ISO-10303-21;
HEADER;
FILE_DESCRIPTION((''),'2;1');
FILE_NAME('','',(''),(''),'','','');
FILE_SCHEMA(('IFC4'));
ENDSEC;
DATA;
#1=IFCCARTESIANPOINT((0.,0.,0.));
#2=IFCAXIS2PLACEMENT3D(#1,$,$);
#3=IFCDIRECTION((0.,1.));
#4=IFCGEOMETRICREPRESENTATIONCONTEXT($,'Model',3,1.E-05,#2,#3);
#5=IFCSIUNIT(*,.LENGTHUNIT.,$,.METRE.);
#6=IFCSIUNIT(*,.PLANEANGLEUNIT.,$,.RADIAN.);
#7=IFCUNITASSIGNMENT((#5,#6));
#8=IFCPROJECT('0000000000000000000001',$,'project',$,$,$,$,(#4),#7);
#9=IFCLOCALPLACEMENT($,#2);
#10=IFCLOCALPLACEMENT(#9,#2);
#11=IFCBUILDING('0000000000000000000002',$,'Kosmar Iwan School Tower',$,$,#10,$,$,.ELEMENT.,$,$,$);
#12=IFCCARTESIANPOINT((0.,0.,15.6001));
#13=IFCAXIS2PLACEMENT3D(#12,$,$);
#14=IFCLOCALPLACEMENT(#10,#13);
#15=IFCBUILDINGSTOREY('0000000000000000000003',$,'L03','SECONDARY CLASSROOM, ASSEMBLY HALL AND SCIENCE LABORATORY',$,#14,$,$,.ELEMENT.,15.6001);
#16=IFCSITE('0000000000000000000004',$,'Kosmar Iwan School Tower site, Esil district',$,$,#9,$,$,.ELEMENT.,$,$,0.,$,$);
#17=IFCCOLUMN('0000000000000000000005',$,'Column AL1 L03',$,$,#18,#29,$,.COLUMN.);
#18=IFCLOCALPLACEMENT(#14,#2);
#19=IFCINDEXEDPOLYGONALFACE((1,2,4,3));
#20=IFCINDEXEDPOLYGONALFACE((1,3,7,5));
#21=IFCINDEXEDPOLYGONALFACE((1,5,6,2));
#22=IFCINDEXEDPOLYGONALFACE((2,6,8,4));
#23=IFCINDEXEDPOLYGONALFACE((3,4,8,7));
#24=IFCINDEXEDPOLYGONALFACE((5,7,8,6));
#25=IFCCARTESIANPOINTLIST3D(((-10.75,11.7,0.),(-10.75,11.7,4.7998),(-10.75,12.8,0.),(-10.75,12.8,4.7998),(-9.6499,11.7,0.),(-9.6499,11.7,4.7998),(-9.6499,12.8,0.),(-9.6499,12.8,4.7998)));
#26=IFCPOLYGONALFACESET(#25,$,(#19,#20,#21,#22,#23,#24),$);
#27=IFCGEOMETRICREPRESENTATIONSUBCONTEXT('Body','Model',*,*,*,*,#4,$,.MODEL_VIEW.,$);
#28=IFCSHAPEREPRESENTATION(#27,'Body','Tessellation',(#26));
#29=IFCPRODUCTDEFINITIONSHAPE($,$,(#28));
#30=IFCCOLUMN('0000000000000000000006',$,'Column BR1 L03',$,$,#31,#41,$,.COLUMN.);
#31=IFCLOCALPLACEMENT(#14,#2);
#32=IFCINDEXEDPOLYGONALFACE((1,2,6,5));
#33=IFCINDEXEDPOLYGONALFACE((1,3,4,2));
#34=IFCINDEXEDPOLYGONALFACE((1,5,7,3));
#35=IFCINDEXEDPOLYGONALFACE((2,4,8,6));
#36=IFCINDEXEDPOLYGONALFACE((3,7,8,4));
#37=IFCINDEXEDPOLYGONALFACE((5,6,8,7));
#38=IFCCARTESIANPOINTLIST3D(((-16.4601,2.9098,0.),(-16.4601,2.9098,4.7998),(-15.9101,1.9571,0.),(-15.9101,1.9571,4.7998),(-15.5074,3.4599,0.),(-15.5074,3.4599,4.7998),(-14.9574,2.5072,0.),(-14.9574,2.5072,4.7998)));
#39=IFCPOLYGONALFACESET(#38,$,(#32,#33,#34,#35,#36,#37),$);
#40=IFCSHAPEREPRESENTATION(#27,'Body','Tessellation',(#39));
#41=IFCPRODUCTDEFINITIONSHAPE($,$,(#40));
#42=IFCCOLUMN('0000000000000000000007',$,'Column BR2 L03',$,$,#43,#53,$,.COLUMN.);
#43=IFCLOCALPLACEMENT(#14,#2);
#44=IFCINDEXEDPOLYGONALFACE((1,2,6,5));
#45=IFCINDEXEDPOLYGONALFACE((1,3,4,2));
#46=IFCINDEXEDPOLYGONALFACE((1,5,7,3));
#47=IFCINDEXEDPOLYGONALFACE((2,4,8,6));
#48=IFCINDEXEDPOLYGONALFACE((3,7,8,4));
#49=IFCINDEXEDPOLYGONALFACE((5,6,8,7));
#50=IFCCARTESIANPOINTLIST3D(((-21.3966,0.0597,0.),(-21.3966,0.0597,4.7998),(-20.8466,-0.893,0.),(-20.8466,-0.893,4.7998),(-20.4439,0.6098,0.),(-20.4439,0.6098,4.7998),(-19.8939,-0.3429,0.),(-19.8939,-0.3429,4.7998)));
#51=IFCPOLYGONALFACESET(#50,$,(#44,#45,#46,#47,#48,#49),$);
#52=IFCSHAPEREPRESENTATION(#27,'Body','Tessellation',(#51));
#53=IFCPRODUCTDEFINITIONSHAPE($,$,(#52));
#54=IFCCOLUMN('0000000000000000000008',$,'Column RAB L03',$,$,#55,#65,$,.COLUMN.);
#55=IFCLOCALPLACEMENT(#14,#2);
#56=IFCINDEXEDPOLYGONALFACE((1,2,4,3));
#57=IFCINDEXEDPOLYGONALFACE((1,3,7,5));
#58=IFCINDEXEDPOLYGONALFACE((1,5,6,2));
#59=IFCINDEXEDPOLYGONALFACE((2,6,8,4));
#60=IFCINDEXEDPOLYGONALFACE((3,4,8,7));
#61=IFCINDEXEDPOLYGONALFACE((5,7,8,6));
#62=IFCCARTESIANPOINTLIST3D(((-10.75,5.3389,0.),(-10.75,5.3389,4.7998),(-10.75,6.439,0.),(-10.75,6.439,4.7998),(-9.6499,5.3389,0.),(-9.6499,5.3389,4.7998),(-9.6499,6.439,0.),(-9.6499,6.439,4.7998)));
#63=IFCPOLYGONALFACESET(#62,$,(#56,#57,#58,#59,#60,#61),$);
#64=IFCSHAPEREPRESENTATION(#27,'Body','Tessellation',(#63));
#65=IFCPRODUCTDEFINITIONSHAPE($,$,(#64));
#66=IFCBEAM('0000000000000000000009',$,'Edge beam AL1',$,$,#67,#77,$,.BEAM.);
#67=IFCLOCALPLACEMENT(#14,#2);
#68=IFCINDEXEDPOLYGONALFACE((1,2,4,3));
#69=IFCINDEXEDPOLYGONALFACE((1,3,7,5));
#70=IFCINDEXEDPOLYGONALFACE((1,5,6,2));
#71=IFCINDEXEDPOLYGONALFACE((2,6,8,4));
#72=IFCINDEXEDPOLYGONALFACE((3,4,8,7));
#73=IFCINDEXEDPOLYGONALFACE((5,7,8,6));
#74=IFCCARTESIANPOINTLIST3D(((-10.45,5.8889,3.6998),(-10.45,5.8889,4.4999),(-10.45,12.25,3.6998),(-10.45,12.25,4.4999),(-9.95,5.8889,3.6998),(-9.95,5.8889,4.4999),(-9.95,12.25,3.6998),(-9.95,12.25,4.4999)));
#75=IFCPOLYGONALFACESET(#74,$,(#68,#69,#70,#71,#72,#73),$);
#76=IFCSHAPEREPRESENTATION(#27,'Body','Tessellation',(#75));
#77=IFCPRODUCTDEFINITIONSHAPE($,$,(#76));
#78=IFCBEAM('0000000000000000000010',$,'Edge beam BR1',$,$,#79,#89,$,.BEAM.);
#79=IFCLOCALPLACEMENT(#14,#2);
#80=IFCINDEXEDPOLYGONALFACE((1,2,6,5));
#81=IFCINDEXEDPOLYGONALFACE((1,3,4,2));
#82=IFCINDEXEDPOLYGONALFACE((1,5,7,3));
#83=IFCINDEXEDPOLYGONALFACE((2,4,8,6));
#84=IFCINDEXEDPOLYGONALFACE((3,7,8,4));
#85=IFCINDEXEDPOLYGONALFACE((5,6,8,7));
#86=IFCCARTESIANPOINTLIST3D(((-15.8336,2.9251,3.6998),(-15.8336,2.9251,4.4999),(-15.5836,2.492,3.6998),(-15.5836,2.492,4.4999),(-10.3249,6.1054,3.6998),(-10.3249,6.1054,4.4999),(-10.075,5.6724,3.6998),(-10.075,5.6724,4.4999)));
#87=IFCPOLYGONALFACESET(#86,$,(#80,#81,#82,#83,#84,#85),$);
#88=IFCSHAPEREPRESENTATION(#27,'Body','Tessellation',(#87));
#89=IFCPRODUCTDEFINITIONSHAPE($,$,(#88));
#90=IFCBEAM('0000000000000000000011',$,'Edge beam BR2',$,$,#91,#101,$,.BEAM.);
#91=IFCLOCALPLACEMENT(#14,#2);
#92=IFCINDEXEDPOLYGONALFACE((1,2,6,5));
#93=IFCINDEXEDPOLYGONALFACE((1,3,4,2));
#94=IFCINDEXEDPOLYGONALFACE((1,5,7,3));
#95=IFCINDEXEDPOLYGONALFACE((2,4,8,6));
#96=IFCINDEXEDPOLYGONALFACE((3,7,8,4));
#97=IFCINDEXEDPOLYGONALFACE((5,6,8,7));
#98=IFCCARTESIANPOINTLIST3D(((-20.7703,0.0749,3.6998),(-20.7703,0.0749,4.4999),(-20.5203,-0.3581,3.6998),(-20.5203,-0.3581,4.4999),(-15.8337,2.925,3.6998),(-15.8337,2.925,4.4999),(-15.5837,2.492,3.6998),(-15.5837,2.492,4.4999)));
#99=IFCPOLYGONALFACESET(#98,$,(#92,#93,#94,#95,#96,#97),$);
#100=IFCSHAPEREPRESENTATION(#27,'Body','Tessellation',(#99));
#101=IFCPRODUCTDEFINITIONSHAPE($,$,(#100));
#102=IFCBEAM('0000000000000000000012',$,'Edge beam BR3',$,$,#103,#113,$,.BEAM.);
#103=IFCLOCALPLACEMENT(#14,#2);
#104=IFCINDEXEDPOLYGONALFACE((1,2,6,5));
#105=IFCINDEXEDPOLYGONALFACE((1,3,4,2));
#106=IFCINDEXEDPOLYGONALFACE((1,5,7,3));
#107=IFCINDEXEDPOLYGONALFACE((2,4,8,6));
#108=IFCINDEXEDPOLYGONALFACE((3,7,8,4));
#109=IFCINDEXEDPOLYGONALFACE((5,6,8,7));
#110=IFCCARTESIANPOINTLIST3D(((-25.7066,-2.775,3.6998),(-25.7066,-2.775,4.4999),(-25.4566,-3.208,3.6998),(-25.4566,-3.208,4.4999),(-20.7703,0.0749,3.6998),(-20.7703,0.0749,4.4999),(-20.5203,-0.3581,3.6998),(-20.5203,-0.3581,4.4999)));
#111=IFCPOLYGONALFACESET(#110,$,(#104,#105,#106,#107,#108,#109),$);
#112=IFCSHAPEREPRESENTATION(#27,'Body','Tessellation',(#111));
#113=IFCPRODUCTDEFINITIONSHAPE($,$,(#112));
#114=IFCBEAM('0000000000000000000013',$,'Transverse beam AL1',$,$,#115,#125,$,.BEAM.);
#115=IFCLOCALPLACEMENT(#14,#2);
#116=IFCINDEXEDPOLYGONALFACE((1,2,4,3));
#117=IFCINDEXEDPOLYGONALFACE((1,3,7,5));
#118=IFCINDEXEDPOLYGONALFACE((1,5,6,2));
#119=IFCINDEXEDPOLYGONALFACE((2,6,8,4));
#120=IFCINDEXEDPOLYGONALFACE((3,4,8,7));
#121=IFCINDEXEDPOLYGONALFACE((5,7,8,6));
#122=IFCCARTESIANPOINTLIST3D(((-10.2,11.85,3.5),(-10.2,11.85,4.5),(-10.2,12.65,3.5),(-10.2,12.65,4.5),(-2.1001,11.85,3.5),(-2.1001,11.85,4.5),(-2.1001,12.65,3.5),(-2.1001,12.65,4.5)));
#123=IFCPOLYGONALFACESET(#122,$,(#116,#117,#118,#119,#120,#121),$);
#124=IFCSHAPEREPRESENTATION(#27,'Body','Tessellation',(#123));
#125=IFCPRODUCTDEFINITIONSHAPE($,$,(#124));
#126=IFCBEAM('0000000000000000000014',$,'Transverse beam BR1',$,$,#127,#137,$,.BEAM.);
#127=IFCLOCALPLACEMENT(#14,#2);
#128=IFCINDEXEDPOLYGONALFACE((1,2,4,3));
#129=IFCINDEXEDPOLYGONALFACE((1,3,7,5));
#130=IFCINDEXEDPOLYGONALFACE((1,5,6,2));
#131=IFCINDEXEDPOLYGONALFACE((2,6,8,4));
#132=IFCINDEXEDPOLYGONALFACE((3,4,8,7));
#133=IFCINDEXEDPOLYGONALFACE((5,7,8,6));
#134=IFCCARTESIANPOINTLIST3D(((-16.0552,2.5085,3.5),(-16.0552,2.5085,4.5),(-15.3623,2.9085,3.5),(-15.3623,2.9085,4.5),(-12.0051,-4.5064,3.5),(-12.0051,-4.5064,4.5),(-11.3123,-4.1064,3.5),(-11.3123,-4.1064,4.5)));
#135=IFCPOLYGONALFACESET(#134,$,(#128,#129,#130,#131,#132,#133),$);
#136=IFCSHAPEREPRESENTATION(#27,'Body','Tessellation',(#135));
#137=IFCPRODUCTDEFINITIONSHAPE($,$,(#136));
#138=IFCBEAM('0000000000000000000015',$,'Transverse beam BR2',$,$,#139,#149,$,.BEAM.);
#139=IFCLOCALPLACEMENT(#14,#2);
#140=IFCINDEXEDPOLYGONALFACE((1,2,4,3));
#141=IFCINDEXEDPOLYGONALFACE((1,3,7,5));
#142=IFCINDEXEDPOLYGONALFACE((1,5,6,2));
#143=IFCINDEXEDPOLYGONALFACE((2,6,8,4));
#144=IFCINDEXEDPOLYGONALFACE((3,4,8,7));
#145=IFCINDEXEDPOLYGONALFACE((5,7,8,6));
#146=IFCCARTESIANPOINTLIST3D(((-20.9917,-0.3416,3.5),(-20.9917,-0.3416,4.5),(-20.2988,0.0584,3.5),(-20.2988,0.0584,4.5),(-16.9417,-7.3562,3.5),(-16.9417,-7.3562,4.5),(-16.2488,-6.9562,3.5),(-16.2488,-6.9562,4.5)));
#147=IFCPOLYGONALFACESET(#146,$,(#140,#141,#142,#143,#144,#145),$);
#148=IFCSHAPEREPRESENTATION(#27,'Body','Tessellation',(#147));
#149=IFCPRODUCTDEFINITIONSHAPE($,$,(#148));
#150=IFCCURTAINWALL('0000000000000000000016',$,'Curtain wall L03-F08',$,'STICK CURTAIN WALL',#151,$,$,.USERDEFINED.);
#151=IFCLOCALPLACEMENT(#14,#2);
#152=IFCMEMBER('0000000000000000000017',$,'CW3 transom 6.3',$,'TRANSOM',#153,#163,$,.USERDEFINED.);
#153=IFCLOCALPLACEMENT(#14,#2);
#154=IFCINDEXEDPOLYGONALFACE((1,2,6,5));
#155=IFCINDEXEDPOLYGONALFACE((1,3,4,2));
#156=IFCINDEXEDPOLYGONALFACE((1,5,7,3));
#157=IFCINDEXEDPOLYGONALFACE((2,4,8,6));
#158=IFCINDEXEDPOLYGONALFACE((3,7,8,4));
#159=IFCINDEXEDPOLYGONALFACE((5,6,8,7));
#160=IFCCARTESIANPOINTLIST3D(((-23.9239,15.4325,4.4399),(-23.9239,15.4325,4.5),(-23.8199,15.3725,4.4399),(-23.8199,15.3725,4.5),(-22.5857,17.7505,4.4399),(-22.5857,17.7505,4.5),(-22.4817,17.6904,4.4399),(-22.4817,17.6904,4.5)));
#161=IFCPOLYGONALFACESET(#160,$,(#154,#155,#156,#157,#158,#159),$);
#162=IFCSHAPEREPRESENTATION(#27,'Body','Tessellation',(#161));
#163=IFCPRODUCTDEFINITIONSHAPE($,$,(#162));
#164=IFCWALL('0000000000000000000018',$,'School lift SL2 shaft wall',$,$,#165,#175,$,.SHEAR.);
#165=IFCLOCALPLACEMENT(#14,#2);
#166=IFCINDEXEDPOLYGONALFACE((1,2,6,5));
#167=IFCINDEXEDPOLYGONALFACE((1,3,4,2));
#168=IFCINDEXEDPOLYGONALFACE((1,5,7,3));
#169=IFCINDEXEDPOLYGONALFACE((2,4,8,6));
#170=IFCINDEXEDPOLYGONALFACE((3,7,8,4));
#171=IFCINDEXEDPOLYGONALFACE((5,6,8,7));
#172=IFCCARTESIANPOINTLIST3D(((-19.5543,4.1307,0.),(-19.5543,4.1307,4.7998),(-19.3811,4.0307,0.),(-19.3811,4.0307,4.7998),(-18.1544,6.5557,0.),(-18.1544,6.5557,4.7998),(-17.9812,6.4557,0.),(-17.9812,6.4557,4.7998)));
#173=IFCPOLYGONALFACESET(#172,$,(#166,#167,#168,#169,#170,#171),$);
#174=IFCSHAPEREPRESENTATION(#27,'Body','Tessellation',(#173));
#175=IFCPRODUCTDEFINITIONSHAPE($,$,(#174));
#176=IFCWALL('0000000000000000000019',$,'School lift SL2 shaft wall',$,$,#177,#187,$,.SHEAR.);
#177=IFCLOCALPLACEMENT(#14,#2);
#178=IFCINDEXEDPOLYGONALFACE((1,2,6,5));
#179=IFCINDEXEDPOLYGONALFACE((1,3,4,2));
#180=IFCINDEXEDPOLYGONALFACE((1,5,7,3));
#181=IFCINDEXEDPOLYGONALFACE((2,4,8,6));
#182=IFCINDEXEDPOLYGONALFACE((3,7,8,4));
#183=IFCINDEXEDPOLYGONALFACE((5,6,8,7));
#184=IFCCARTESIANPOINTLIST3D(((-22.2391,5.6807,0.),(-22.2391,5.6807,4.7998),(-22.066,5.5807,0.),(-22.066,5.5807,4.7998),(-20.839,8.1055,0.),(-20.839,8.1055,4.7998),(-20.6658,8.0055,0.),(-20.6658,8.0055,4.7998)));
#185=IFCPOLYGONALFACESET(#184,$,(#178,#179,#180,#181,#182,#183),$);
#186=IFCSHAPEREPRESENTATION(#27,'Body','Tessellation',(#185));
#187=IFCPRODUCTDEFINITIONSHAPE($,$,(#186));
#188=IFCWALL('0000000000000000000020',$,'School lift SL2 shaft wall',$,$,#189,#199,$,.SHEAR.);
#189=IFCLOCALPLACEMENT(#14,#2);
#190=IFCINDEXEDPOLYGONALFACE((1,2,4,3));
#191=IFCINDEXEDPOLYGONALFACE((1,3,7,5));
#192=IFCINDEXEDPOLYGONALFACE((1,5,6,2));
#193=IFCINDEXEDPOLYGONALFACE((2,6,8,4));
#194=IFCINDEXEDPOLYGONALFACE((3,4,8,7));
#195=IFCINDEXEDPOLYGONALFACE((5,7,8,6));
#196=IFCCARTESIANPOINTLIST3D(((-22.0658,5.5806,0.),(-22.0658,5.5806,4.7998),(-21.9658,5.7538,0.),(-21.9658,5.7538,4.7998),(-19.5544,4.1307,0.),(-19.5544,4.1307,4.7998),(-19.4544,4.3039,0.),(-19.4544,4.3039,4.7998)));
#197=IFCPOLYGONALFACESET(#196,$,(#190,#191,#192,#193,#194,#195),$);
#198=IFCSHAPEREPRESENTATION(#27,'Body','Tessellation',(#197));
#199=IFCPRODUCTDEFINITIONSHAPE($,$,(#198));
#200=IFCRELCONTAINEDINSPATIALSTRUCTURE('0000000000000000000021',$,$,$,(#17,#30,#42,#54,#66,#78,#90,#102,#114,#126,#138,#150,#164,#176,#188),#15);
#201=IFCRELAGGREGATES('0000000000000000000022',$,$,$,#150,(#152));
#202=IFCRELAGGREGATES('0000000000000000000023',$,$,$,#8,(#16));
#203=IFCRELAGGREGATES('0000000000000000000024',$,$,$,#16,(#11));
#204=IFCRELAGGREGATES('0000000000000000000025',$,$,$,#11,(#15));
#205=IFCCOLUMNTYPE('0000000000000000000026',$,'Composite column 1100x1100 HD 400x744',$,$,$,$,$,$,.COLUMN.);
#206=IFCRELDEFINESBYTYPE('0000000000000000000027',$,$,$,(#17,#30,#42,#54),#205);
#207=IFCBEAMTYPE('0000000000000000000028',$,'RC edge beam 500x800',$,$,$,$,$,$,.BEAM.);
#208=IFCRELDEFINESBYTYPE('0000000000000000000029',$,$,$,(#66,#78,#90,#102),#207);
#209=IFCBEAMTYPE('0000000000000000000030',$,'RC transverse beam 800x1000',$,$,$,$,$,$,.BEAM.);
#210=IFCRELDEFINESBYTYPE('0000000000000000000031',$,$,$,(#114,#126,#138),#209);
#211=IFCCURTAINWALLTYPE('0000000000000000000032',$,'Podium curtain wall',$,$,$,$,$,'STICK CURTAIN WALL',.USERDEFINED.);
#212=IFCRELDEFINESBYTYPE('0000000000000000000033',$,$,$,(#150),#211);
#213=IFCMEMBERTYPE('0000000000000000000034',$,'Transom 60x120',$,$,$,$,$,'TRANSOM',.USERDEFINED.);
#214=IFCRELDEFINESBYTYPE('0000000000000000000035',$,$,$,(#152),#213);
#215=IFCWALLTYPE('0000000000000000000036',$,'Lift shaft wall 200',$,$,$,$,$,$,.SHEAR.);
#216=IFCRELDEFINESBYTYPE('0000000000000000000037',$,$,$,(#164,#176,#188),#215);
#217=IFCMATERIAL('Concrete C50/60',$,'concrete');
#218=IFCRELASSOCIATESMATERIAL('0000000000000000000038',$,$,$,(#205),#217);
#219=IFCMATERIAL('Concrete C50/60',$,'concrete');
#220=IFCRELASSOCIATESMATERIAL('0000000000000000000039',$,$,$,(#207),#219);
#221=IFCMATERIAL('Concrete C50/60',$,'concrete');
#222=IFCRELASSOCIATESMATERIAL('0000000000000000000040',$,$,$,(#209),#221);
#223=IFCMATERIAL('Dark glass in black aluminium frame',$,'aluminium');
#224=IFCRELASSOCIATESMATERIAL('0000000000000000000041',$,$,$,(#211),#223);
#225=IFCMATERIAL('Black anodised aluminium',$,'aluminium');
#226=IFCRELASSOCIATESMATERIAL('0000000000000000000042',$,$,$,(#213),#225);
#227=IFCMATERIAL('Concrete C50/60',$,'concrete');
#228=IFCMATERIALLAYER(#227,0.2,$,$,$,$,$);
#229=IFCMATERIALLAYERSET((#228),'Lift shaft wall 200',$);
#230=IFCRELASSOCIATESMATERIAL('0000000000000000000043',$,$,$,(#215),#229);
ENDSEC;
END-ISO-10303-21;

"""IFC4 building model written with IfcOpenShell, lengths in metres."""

from ifc_helpers import new_model, si_unit, direction, frame, frame_2d, origin, origin_2d, place, context, subcontext, project, spatial, rectangle, extrude, material, layer, layer_set, material_profile, profile_set, type_object, element, aggregate, save


model = new_model("IFC4")

# Units and contexts
model_context = context("Model", 3, precision=1e-05, world=origin(), true_north=direction((0.0, 1.0)))
body_context = subcontext(model_context, "Body", "Model", "MODEL_VIEW")
ifc_project = project(units=[si_unit("LENGTHUNIT", "METRE"), si_unit("PLANEANGLEUNIT", "RADIAN")], contexts=[model_context])

# Site, building, storey
site_placement = place(None, origin())
site = spatial("IfcSite", under=ifc_project, at=site_placement, Name="Kosmar Iwan School Tower site, Esil district", CompositionType="ELEMENT", RefElevation=0.0)
building_placement = place(site_placement, origin())
building = spatial("IfcBuilding", under=site, at=building_placement, Name="Kosmar Iwan School Tower", CompositionType="ELEMENT")
storey_placement = place(building_placement, frame((0.0, 0.0, 15.6001)))
storey = spatial("IfcBuildingStorey", under=building, at=storey_placement, Name="L03", Description="SECONDARY CLASSROOM, ASSEMBLY HALL AND SCIENCE LABORATORY", CompositionType="ELEMENT", Elevation=15.6001)

# Columns
ifc_material_1 = material(Name="Concrete C50/60", Category="concrete")
ifc_material_profile_1 = material_profile(ifc_material_1, rectangle(XDim=1.1001, YDim=1.1001, at=origin_2d()), Name="RC 1100x1100 + HD 400x744")
ifc_profile_set_1 = profile_set([ifc_material_profile_1], Name="Concrete C50/60")
column_type = type_object("IfcColumnType", Name="Composite column 1100x1100 HD 400x744", PredefinedType="COLUMN", material=ifc_profile_set_1)
for number, where, z_axis, x_axis, name in (
    (1, (-10.2, 12.25, 0.0), (0.0, 0.0, 1.0), (0.0, 1.0, 0.0), "Column AL1 L03"),
    (2, (-15.7087, 2.7085, 0.0), (0.0, 0.0, 1.0), (-0.866025, -0.5, 0.0), "Column BR1 L03"),
    (3, (-20.6453, -0.1416, 0.0), (0.0, 0.0, 1.0), (-0.866025, -0.5, 0.0), "Column BR2 L03"),
    (4, (-10.2, 5.8889, 0.0), (0.0, 0.0, 1.0), (1.0, 0.0, 0.0), "Column RAB L03"),
):
    element("IfcColumn", number, at=place(storey_placement, frame(where, z_axis=z_axis, x_axis=x_axis)), inside=storey, type_object=column_type, Name=name, PredefinedType="COLUMN", context=body_context, shape_type="SweptSolid", body=[
        extrude(rectangle(XDim=1.1001, YDim=1.1001, at=origin_2d()), origin(), (0.0, 0.0, 1.0), 4.7998),
    ])

# Beams
ifc_material_2 = material(Name="Concrete C50/60", Category="concrete")
ifc_material_profile_2 = material_profile(ifc_material_2, rectangle(XDim=0.5, YDim=0.8, at=origin_2d()), Name="RC 500x800")
ifc_profile_set_2 = profile_set([ifc_material_profile_2], Name="Concrete C50/60")
beam_type_1 = type_object("IfcBeamType", Name="RC edge beam 500x800", PredefinedType="BEAM", material=ifc_profile_set_2)
beam_1_placement = place(storey_placement, frame((-10.2, 5.8889, 4.0999), z_axis=(0.0, 1.0, 0.0), x_axis=(-1.0, 0.0, 0.0)))
element("IfcBeam", 5, at=beam_1_placement, inside=storey, type_object=beam_type_1, Name="Edge beam AL1", PredefinedType="BEAM", context=body_context, shape_type="SweptSolid", body=[
    extrude(rectangle(XDim=0.5, YDim=0.8, at=origin_2d()), origin(), (0.0, 0.0, 1.0), 6.3611),
])
beam_2_placement = place(storey_placement, frame((-10.2, 5.8889, 4.0999), z_axis=(-0.866031, -0.49999, 0.0), x_axis=(0.49999, -0.866031, 0.0)))
element("IfcBeam", 6, at=beam_2_placement, inside=storey, type_object=beam_type_1, Name="Edge beam BR1", PredefinedType="BEAM", context=body_context, shape_type="SweptSolid", body=[
    extrude(rectangle(XDim=0.5, YDim=0.8, at=origin_2d()), origin(), (0.0, 0.0, 1.0), 6.3608),
])
beam_3_placement = place(storey_placement, frame((-15.7087, 2.7085, 4.0999), z_axis=(-0.866026, -0.499999, 0.0), x_axis=(0.499999, -0.866026, 0.0)))
element("IfcBeam", 7, at=beam_3_placement, inside=storey, type_object=beam_type_1, Name="Edge beam BR2", PredefinedType="BEAM", context=body_context, shape_type="SweptSolid", body=[
    extrude(rectangle(XDim=0.5, YDim=0.8, at=origin_2d()), origin(), (0.0, 0.0, 1.0), 5.7002),
])
beam_4_placement = place(storey_placement, frame((-20.6453, -0.1416, 4.0999), z_axis=(-0.866034, -0.499986, 0.0), x_axis=(0.499986, -0.866034, 0.0)))
element("IfcBeam", 8, at=beam_4_placement, inside=storey, type_object=beam_type_1, Name="Edge beam BR3", PredefinedType="BEAM", context=body_context, shape_type="SweptSolid", body=[
    extrude(rectangle(XDim=0.5, YDim=0.8, at=origin_2d()), origin(), (0.0, 0.0, 1.0), 5.7),
])
ifc_material_3 = material(Name="Concrete C50/60", Category="concrete")
ifc_material_profile_3 = material_profile(ifc_material_3, rectangle(XDim=0.8, YDim=1.0, at=origin_2d()), Name="RC 800x1000")
ifc_profile_set_3 = profile_set([ifc_material_profile_3], Name="Concrete C50/60")
beam_type_2 = type_object("IfcBeamType", Name="RC transverse beam 800x1000", PredefinedType="BEAM", material=ifc_profile_set_3)
beam_5_placement = place(storey_placement, frame((-10.2, 12.25, 4.0), z_axis=(1.0, 0.0, 0.0), x_axis=(0.0, 1.0, 0.0)))
element("IfcBeam", 9, at=beam_5_placement, inside=storey, type_object=beam_type_2, Name="Transverse beam AL1", PredefinedType="BEAM", context=body_context, shape_type="SweptSolid", body=[
    extrude(rectangle(XDim=0.8, YDim=1.0, at=origin_2d()), origin(), (0.0, 0.0, 1.0), 8.0999),
])
beam_6_placement = place(storey_placement, frame((-15.7087, 2.7085, 4.0), z_axis=(0.5, -0.866025, 0.0), x_axis=(0.866025, 0.5, 0.0)))
element("IfcBeam", 10, at=beam_6_placement, inside=storey, type_object=beam_type_2, Name="Transverse beam BR1", PredefinedType="BEAM", context=body_context, shape_type="SweptSolid", body=[
    extrude(rectangle(XDim=0.8, YDim=1.0, at=origin_2d()), origin(), (0.0, 0.0, 1.0), 8.1001),
])
beam_7_placement = place(storey_placement, frame((-20.6453, -0.1416, 4.0), z_axis=(0.500013, -0.866018, 0.0), x_axis=(0.866018, 0.500013, 0.0)))
element("IfcBeam", 11, at=beam_7_placement, inside=storey, type_object=beam_type_2, Name="Transverse beam BR2", PredefinedType="BEAM", context=body_context, shape_type="SweptSolid", body=[
    extrude(rectangle(XDim=0.8, YDim=1.0, at=origin_2d()), origin(), (0.0, 0.0, 1.0), 8.0999),
])

# Curtain wall, member
ifc_material_4 = material(Name="Dark glass in black aluminium frame", Category="aluminium")
curtain_wall_type = type_object("IfcCurtainWallType", Name="Podium curtain wall", ElementType="STICK CURTAIN WALL", PredefinedType="USERDEFINED", material=ifc_material_4)
curtain_wall_placement = place(storey_placement, origin())
curtain_wall = element("IfcCurtainWall", 12, at=curtain_wall_placement, inside=storey, type_object=curtain_wall_type, Name="Curtain wall L03-F08", ObjectType="STICK CURTAIN WALL", PredefinedType="USERDEFINED")
ifc_material_5 = material(Name="Black anodised aluminium", Category="aluminium")
ifc_material_profile_4 = material_profile(ifc_material_5, rectangle(XDim=0.1201, YDim=0.0601, at=origin_2d()), Name="TRANSOM 60x120")
ifc_profile_set_4 = profile_set([ifc_material_profile_4], Name="Black anodised aluminium")
member_type = type_object("IfcMemberType", Name="Transom 60x120", ElementType="TRANSOM", PredefinedType="USERDEFINED", material=ifc_profile_set_4)
member_placement = place(storey_placement, frame((-22.5337, 17.7205, 4.47), z_axis=(-0.499975, -0.86604, 0.0), x_axis=(0.86604, -0.499975, 0.0)))
member = element("IfcMember", 13, at=member_placement, type_object=member_type, Name="CW3 transom 6.3", ObjectType="TRANSOM", PredefinedType="USERDEFINED", context=body_context, shape_type="SweptSolid", body=[
    extrude(rectangle(XDim=0.1201, YDim=0.0601, at=origin_2d()), origin(), (0.0, 0.0, 1.0), 2.6765),
])
aggregate(curtain_wall, [member])

# Walls
ifc_material_6 = material(Name="Concrete C50/60", Category="concrete")
ifc_layer_1 = layer(ifc_material_6, 0.2)
ifc_layer_set_1 = layer_set([ifc_layer_1], Name="Lift shaft wall 200")
wall_type_1 = type_object("IfcWallType", Name="Lift shaft wall 200", PredefinedType="SHEAR", material=ifc_layer_set_1)
for number, where, z_axis, x_axis, name in (
    (14, (-18.0679, 6.5056, 0.0), (0.0, 0.0, 1.0), (-0.499946, -0.866056, 0.0), "School lift SL2 shaft wall"),
    (15, (-20.7524, 8.0554, 0.0), (0.0, 0.0, 1.0), (-0.50005, -0.865997, 0.0), "School lift SL2 shaft wall"),
):
    element("IfcWall", number, at=place(storey_placement, frame(where, z_axis=z_axis, x_axis=x_axis)), inside=storey, type_object=wall_type_1, Name=name, PredefinedType="SHEAR", context=body_context, shape_type="SweptSolid", body=[
        extrude(rectangle(XDim=2.8, YDim=0.2, at=frame_2d((1.3999, 0.0))), origin(), (0.0, 0.0, 1.0), 4.7998),
    ])
wall_1_placement = place(storey_placement, frame((-19.5044, 4.2173, 0.0), z_axis=(0.0, 0.0, 1.0), x_axis=(-0.866033, 0.499987, 0.0)))
element("IfcWall", 16, at=wall_1_placement, inside=storey, type_object=wall_type_1, Name="School lift SL2 shaft wall", PredefinedType="SHEAR", context=body_context, shape_type="SweptSolid", body=[
    extrude(rectangle(XDim=2.8999, YDim=0.2, at=frame_2d((1.45, 0.0))), origin(), (0.0, 0.0, 1.0), 4.7998),
])

save(model, "model.ifc")
